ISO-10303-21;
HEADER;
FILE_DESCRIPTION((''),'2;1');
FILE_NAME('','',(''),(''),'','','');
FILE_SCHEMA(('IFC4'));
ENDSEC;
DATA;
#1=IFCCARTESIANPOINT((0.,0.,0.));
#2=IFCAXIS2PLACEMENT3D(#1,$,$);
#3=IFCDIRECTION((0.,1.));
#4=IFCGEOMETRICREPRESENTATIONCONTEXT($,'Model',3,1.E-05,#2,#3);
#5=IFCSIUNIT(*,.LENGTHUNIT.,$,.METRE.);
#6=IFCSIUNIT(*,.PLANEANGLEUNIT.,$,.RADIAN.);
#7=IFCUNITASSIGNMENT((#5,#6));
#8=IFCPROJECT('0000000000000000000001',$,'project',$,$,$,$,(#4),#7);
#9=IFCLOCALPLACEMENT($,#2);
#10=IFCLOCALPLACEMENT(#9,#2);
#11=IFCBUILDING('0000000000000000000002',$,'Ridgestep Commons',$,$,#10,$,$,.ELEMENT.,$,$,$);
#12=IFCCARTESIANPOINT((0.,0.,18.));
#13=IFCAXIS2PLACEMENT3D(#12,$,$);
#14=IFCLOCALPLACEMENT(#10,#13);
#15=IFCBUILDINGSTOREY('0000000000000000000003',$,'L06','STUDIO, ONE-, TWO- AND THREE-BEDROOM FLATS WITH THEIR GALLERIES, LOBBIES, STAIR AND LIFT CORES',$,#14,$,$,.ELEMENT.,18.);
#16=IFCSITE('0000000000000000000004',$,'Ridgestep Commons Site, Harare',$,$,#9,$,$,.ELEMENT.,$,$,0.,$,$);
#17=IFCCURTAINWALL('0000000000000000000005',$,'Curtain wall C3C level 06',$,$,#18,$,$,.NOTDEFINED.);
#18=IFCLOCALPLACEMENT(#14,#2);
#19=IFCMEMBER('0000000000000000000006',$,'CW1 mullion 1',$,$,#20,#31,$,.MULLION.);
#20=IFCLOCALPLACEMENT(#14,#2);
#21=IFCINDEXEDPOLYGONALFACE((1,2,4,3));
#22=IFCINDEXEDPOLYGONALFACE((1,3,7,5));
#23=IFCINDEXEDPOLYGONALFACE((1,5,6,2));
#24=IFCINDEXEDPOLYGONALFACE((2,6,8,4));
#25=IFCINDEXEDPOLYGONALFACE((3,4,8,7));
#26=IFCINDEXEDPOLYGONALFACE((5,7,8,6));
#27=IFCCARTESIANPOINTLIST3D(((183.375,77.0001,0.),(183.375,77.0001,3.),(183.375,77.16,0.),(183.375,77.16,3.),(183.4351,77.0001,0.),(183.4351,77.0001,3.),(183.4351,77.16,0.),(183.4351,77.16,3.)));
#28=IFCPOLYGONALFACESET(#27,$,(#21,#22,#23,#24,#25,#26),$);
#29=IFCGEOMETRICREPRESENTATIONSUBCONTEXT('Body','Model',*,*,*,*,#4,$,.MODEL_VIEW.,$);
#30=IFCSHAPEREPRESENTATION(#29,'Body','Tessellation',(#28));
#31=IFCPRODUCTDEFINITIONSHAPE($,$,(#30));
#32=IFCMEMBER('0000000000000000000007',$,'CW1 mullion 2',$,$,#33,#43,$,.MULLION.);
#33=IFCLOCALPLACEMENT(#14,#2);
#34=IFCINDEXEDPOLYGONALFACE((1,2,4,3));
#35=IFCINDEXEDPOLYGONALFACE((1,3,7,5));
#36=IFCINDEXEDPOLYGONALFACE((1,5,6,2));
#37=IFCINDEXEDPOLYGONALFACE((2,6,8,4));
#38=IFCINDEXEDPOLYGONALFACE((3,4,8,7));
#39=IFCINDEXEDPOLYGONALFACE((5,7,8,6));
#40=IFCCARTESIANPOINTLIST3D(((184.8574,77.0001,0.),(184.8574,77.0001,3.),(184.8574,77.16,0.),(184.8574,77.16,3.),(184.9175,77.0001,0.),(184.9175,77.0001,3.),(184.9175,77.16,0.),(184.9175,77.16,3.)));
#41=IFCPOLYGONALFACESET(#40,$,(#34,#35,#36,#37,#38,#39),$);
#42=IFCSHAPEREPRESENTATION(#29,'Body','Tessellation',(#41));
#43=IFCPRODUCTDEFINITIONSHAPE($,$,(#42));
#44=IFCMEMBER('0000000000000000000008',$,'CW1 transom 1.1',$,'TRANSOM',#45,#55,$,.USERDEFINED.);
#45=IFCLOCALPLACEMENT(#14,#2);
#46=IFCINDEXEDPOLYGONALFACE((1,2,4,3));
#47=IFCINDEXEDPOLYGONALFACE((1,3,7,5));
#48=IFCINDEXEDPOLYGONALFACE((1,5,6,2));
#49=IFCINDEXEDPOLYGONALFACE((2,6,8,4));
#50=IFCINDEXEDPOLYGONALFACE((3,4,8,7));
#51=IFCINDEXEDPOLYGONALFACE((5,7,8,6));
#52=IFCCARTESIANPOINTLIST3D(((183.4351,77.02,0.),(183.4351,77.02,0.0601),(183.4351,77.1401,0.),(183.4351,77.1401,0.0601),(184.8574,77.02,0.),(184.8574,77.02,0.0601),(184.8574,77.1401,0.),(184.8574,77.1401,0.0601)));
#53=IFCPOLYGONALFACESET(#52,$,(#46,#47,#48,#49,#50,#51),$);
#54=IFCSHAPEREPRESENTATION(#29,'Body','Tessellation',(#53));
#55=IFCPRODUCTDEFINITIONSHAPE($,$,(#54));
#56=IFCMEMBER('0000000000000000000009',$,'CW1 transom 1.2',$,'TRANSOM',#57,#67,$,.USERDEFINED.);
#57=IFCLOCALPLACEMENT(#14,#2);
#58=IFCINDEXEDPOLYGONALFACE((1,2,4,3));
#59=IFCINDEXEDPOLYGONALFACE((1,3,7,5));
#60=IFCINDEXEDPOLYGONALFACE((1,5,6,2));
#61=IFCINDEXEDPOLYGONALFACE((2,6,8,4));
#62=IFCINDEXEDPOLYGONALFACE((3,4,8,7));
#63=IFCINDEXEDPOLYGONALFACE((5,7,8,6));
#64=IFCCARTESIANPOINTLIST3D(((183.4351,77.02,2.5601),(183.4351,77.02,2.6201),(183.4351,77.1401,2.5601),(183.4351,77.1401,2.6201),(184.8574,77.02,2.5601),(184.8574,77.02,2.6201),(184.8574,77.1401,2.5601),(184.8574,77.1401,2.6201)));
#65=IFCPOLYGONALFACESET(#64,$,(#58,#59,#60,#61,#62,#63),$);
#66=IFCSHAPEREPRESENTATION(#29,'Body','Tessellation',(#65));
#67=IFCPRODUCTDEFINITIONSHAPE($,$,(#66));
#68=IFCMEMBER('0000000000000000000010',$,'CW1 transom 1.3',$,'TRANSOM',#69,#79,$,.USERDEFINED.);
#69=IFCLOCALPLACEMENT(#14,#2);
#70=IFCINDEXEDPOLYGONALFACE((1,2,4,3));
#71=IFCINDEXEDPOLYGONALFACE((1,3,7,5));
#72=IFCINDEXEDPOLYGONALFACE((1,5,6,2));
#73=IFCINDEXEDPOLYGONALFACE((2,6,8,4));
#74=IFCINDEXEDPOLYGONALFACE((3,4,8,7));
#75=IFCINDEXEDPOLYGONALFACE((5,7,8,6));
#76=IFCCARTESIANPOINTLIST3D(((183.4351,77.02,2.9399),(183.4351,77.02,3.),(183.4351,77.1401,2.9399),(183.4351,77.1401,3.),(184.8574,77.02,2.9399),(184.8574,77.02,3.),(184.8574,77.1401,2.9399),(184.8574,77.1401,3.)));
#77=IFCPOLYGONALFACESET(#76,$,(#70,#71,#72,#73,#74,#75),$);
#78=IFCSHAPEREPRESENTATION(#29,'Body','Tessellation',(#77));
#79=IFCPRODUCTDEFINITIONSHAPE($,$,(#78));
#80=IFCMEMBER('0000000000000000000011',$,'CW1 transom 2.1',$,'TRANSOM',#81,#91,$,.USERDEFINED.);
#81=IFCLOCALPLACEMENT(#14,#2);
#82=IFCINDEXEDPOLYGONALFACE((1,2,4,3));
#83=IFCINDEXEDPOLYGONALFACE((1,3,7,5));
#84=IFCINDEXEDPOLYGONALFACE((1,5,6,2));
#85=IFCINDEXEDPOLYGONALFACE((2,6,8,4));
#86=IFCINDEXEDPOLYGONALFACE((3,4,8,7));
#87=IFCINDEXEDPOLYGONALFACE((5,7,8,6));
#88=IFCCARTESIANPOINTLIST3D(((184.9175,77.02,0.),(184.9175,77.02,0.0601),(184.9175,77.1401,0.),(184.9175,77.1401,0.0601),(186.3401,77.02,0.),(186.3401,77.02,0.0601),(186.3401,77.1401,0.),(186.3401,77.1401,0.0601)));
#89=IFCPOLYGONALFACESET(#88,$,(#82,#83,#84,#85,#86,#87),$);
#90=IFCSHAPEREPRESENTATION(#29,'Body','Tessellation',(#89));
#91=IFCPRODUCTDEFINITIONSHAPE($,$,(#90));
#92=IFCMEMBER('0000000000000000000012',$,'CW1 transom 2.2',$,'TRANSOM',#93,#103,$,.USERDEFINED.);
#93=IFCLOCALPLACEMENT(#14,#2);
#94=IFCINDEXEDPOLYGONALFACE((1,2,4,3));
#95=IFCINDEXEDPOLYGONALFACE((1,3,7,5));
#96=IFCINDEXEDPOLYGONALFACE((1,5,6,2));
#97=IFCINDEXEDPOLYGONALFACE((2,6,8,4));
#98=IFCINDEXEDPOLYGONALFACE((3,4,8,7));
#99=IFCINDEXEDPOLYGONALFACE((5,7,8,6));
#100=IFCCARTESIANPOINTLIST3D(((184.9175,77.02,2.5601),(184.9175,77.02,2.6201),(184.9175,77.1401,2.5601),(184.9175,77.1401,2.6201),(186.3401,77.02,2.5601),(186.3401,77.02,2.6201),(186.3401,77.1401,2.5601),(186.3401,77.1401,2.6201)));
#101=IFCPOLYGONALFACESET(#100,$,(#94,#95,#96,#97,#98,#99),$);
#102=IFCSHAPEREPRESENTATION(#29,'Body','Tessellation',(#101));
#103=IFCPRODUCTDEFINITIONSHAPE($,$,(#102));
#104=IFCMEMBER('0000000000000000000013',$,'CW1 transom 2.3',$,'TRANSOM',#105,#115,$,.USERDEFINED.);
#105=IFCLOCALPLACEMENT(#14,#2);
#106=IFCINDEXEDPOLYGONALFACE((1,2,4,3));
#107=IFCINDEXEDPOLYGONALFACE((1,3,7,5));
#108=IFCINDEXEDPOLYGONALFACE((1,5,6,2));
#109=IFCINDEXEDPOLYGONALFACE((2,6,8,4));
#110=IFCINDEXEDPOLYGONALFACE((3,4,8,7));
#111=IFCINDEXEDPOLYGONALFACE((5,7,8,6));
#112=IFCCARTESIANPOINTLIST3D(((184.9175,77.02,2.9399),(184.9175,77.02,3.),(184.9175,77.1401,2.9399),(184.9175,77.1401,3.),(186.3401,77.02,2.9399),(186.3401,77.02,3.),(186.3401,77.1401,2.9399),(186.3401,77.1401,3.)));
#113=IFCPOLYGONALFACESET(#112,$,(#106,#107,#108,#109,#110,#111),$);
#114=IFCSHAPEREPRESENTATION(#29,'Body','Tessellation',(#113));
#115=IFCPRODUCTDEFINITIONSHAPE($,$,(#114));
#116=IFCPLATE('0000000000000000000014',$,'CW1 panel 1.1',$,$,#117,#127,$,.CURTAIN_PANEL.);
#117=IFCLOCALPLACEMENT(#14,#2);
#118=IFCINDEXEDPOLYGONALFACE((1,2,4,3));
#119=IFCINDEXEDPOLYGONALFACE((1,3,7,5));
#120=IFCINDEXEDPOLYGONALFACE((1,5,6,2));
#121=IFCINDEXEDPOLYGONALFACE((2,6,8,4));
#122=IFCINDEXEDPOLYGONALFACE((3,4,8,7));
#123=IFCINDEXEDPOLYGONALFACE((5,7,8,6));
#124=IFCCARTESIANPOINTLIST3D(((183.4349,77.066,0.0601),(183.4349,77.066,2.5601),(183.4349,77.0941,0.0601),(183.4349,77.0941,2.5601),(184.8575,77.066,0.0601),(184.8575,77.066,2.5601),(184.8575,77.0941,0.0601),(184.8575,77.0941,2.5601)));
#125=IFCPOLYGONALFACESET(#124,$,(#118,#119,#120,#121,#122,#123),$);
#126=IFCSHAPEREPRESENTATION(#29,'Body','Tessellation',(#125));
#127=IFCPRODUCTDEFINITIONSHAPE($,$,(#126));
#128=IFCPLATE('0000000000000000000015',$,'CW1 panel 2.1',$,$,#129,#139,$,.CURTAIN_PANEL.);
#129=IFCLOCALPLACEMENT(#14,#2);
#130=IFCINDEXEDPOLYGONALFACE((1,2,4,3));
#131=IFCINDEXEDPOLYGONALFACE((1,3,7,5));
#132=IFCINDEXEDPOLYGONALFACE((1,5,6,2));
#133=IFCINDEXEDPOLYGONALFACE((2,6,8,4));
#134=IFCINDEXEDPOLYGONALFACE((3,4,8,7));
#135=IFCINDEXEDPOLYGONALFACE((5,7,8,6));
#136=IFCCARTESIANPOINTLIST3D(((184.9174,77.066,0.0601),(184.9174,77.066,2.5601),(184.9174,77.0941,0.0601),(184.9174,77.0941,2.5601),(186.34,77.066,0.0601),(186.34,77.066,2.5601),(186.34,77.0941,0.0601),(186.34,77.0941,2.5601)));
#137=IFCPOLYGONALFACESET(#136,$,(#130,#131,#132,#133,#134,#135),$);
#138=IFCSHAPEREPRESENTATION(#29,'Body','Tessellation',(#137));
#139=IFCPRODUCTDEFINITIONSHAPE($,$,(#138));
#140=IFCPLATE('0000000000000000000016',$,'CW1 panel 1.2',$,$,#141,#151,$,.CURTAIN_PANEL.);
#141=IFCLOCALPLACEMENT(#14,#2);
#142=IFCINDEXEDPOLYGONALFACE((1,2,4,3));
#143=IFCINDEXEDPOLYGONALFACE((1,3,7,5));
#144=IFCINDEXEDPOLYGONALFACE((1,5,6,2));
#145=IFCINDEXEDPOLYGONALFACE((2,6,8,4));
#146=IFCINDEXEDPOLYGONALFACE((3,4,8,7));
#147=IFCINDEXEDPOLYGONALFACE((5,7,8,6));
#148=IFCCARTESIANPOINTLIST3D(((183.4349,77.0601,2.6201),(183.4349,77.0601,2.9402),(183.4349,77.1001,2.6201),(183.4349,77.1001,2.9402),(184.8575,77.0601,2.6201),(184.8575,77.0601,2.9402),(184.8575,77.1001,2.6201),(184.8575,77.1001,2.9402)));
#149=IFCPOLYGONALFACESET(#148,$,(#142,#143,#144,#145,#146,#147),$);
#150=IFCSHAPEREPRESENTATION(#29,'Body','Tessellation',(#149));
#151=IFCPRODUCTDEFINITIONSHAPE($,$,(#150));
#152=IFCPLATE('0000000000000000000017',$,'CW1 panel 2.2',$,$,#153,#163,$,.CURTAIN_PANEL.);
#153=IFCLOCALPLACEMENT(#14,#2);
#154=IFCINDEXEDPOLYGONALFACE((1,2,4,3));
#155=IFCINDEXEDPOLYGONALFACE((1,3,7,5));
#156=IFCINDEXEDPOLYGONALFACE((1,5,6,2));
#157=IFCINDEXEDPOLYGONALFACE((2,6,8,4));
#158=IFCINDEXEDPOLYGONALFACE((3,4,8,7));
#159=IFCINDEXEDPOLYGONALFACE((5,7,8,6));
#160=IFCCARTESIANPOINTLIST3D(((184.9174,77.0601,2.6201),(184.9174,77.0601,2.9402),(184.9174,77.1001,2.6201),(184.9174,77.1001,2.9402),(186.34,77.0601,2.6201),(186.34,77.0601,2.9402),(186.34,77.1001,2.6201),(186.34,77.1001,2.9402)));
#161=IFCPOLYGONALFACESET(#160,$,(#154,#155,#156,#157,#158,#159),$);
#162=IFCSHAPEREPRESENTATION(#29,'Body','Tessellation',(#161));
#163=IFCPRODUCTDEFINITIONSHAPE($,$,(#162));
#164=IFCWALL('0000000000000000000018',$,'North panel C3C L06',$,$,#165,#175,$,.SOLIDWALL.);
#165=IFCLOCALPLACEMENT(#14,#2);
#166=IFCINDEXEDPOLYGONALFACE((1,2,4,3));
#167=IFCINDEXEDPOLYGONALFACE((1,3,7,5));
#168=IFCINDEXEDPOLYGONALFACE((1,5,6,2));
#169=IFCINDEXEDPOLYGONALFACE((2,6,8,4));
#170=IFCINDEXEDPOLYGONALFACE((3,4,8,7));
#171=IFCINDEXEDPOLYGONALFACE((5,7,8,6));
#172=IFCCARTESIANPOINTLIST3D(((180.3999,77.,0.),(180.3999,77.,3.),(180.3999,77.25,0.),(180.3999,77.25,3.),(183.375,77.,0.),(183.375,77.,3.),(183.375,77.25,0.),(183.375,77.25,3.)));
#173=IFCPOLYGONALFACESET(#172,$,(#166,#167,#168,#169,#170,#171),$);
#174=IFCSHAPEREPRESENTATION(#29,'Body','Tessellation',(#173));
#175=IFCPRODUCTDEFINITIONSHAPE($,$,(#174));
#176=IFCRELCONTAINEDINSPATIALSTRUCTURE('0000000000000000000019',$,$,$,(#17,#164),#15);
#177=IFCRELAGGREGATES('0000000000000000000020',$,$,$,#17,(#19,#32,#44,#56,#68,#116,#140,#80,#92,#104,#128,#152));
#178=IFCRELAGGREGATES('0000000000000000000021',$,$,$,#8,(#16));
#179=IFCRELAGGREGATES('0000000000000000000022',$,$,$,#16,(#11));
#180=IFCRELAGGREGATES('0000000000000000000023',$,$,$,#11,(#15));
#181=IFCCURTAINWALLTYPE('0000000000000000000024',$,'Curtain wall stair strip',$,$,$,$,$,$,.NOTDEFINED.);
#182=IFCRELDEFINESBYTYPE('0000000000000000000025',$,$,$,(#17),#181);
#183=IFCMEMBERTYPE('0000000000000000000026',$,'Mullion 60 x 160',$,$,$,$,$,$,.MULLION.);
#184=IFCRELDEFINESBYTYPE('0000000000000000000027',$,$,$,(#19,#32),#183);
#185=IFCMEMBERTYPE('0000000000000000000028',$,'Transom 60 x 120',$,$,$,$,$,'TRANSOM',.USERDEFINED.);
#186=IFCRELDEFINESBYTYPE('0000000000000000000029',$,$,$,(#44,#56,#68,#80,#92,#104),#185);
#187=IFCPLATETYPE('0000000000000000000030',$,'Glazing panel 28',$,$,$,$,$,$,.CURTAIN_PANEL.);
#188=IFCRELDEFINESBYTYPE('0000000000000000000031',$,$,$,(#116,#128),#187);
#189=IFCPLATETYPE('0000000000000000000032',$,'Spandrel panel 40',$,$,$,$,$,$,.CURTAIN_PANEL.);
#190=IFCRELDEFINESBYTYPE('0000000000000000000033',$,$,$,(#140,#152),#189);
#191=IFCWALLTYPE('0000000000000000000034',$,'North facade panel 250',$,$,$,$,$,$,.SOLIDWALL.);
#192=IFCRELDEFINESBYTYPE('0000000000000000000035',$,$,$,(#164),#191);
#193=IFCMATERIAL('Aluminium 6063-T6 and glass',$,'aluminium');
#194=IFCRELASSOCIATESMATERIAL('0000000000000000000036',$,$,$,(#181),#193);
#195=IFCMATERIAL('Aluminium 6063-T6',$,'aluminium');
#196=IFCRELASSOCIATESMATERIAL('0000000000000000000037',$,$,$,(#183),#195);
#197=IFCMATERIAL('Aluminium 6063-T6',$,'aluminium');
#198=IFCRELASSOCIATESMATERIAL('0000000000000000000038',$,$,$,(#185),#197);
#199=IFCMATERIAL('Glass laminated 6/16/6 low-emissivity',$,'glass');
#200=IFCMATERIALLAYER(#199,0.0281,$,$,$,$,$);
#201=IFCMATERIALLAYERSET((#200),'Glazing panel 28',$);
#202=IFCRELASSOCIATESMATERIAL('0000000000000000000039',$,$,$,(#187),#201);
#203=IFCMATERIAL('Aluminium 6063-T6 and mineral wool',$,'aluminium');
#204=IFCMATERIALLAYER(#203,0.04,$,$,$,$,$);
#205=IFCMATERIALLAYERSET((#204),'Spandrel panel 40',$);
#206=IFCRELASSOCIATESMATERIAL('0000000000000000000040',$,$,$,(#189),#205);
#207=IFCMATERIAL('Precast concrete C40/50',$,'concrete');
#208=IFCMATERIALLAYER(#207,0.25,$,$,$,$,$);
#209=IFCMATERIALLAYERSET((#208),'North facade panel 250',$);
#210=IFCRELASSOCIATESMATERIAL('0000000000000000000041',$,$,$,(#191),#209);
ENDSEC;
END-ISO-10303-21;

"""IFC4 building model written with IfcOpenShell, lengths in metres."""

from ifc_helpers import new_model, si_unit, direction, frame, frame_2d, origin, origin_2d, place, context, subcontext, project, spatial, rectangle, extrude, material, layer, layer_set, material_profile, profile_set, type_object, element, aggregate, save


model = new_model("IFC4")

# Units and contexts
model_context = context("Model", 3, precision=1e-05, world=origin(), true_north=direction((0.0, 1.0)))
body_context = subcontext(model_context, "Body", "Model", "MODEL_VIEW")
ifc_project = project(units=[si_unit("LENGTHUNIT", "METRE"), si_unit("PLANEANGLEUNIT", "RADIAN")], contexts=[model_context])

# Site, building, storey
site_placement = place(None, origin())
site = spatial("IfcSite", under=ifc_project, at=site_placement, Name="Ridgestep Commons Site, Harare", CompositionType="ELEMENT", RefElevation=0.0)
building_placement = place(site_placement, origin())
building = spatial("IfcBuilding", under=site, at=building_placement, Name="Ridgestep Commons", CompositionType="ELEMENT")
storey_placement = place(building_placement, frame((0.0, 0.0, 18.0)))
storey = spatial("IfcBuildingStorey", under=building, at=storey_placement, Name="L06", Description="STUDIO, ONE-, TWO- AND THREE-BEDROOM FLATS WITH THEIR GALLERIES, LOBBIES, STAIR AND LIFT CORES", CompositionType="ELEMENT", Elevation=18.0)

# Curtain wall, members, plates
ifc_material_1 = material(Name="Aluminium 6063-T6 and glass", Category="aluminium")
curtain_wall_type = type_object("IfcCurtainWallType", Name="Curtain wall stair strip", PredefinedType="NOTDEFINED", material=ifc_material_1)
curtain_wall_placement = place(storey_placement, origin())
curtain_wall = element("IfcCurtainWall", 1, at=curtain_wall_placement, inside=storey, type_object=curtain_wall_type, Name="Curtain wall C3C level 06", PredefinedType="NOTDEFINED")
ifc_material_2 = material(Name="Aluminium 6063-T6", Category="aluminium")
ifc_material_profile_1 = material_profile(ifc_material_2, rectangle(XDim=0.1599, YDim=0.0601, at=origin_2d()), Name="Mullion 60 x 160")
ifc_profile_set_1 = profile_set([ifc_material_profile_1], Name="Aluminium 6063-T6")
member_type_1 = type_object("IfcMemberType", Name="Mullion 60 x 160", PredefinedType="MULLION", material=ifc_profile_set_1)
member_1_placement = place(storey_placement, frame((183.405, 77.0801, 0.0), z_axis=(0.0, 0.0, 1.0), x_axis=(0.0, 1.0, 0.0)))
member_1 = element("IfcMember", 2, at=member_1_placement, type_object=member_type_1, Name="CW1 mullion 1", PredefinedType="MULLION", context=body_context, shape_type="SweptSolid", body=[
    extrude(rectangle(XDim=0.1599, YDim=0.0601, at=origin_2d()), origin(), (0.0, 0.0, 1.0), 3.0),
])
member_2_placement = place(storey_placement, frame((184.8875, 77.0801, 0.0), z_axis=(0.0, 0.0, 1.0), x_axis=(0.0, 1.0, 0.0)))
member_2 = element("IfcMember", 3, at=member_2_placement, type_object=member_type_1, Name="CW1 mullion 2", PredefinedType="MULLION", context=body_context, shape_type="SweptSolid", body=[
    extrude(rectangle(XDim=0.1599, YDim=0.0601, at=origin_2d()), origin(), (0.0, 0.0, 1.0), 3.0),
])
ifc_material_3 = material(Name="Aluminium 6063-T6", Category="aluminium")
ifc_material_profile_2 = material_profile(ifc_material_3, rectangle(XDim=0.1201, YDim=0.0601, at=origin_2d()), Name="Transom 60 x 120")
ifc_profile_set_2 = profile_set([ifc_material_profile_2], Name="Aluminium 6063-T6")
member_type_2 = type_object("IfcMemberType", Name="Transom 60 x 120", ElementType="TRANSOM", PredefinedType="USERDEFINED", material=ifc_profile_set_2)
member_3_placement = place(storey_placement, frame((183.4351, 77.0801, 0.03), z_axis=(1.0, 0.0, 0.0), x_axis=(0.0, 1.0, 0.0)))
member_3 = element("IfcMember", 4, at=member_3_placement, type_object=member_type_2, Name="CW1 transom 1.1", ObjectType="TRANSOM", PredefinedType="USERDEFINED", context=body_context, shape_type="SweptSolid", body=[
    extrude(rectangle(XDim=0.1201, YDim=0.0601, at=origin_2d()), origin(), (0.0, 0.0, 1.0), 1.4224),
])
member_4_placement = place(storey_placement, frame((183.4351, 77.0801, 2.5901), z_axis=(1.0, 0.0, 0.0), x_axis=(0.0, 1.0, 0.0)))
member_4 = element("IfcMember", 5, at=member_4_placement, type_object=member_type_2, Name="CW1 transom 1.2", ObjectType="TRANSOM", PredefinedType="USERDEFINED", context=body_context, shape_type="SweptSolid", body=[
    extrude(rectangle(XDim=0.1201, YDim=0.0601, at=origin_2d()), origin(), (0.0, 0.0, 1.0), 1.4224),
])
member_5_placement = place(storey_placement, frame((183.4351, 77.0801, 2.97), z_axis=(1.0, 0.0, 0.0), x_axis=(0.0, 1.0, 0.0)))
member_5 = element("IfcMember", 6, at=member_5_placement, type_object=member_type_2, Name="CW1 transom 1.3", ObjectType="TRANSOM", PredefinedType="USERDEFINED", context=body_context, shape_type="SweptSolid", body=[
    extrude(rectangle(XDim=0.1201, YDim=0.0601, at=origin_2d()), origin(), (0.0, 0.0, 1.0), 1.4224),
])
member_6_placement = place(storey_placement, frame((184.9175, 77.0801, 0.03), z_axis=(1.0, 0.0, 0.0), x_axis=(0.0, 1.0, 0.0)))
member_6 = element("IfcMember", 7, at=member_6_placement, type_object=member_type_2, Name="CW1 transom 2.1", ObjectType="TRANSOM", PredefinedType="USERDEFINED", context=body_context, shape_type="SweptSolid", body=[
    extrude(rectangle(XDim=0.1201, YDim=0.0601, at=origin_2d()), origin(), (0.0, 0.0, 1.0), 1.4226),
])
member_7_placement = place(storey_placement, frame((184.9175, 77.0801, 2.5901), z_axis=(1.0, 0.0, 0.0), x_axis=(0.0, 1.0, 0.0)))
member_7 = element("IfcMember", 8, at=member_7_placement, type_object=member_type_2, Name="CW1 transom 2.2", ObjectType="TRANSOM", PredefinedType="USERDEFINED", context=body_context, shape_type="SweptSolid", body=[
    extrude(rectangle(XDim=0.1201, YDim=0.0601, at=origin_2d()), origin(), (0.0, 0.0, 1.0), 1.4226),
])
member_8_placement = place(storey_placement, frame((184.9175, 77.0801, 2.97), z_axis=(1.0, 0.0, 0.0), x_axis=(0.0, 1.0, 0.0)))
member_8 = element("IfcMember", 9, at=member_8_placement, type_object=member_type_2, Name="CW1 transom 2.3", ObjectType="TRANSOM", PredefinedType="USERDEFINED", context=body_context, shape_type="SweptSolid", body=[
    extrude(rectangle(XDim=0.1201, YDim=0.0601, at=origin_2d()), origin(), (0.0, 0.0, 1.0), 1.4226),
])
ifc_material_4 = material(Name="Glass laminated 6/16/6 low-emissivity", Category="glass")
ifc_layer_1 = layer(ifc_material_4, 0.0281)
ifc_layer_set_1 = layer_set([ifc_layer_1], Name="Glazing panel 28")
plate_type_1 = type_object("IfcPlateType", Name="Glazing panel 28", PredefinedType="CURTAIN_PANEL", material=ifc_layer_set_1)
plate_1_placement = place(storey_placement, frame((184.1462, 77.0801, 0.0601), z_axis=(0.0, 0.0, 1.0), x_axis=(1.0, 0.0, 0.0)))
plate_1 = element("IfcPlate", 10, at=plate_1_placement, type_object=plate_type_1, Name="CW1 panel 1.1", PredefinedType="CURTAIN_PANEL", context=body_context, shape_type="SweptSolid", body=[
    extrude(rectangle(XDim=1.4226, YDim=0.0281, at=origin_2d()), origin(), (0.0, 0.0, 1.0), 2.5),
])
plate_2_placement = place(storey_placement, frame((185.6287, 77.0801, 0.0601), z_axis=(0.0, 0.0, 1.0), x_axis=(1.0, 0.0, 0.0)))
plate_2 = element("IfcPlate", 11, at=plate_2_placement, type_object=plate_type_1, Name="CW1 panel 2.1", PredefinedType="CURTAIN_PANEL", context=body_context, shape_type="SweptSolid", body=[
    extrude(rectangle(XDim=1.4226, YDim=0.0281, at=origin_2d()), origin(), (0.0, 0.0, 1.0), 2.5),
])
ifc_material_5 = material(Name="Aluminium 6063-T6 and mineral wool", Category="aluminium")
ifc_layer_2 = layer(ifc_material_5, 0.04)
ifc_layer_set_2 = layer_set([ifc_layer_2], Name="Spandrel panel 40")
plate_type_2 = type_object("IfcPlateType", Name="Spandrel panel 40", PredefinedType="CURTAIN_PANEL", material=ifc_layer_set_2)
plate_3_placement = place(storey_placement, frame((184.1462, 77.0801, 2.6201), z_axis=(0.0, 0.0, 1.0), x_axis=(1.0, 0.0, 0.0)))
plate_3 = element("IfcPlate", 12, at=plate_3_placement, type_object=plate_type_2, Name="CW1 panel 1.2", PredefinedType="CURTAIN_PANEL", context=body_context, shape_type="SweptSolid", body=[
    extrude(rectangle(XDim=1.4226, YDim=0.04, at=origin_2d()), origin(), (0.0, 0.0, 1.0), 0.3201),
])
plate_4_placement = place(storey_placement, frame((185.6287, 77.0801, 2.6201), z_axis=(0.0, 0.0, 1.0), x_axis=(1.0, 0.0, 0.0)))
plate_4 = element("IfcPlate", 13, at=plate_4_placement, type_object=plate_type_2, Name="CW1 panel 2.2", PredefinedType="CURTAIN_PANEL", context=body_context, shape_type="SweptSolid", body=[
    extrude(rectangle(XDim=1.4226, YDim=0.04, at=origin_2d()), origin(), (0.0, 0.0, 1.0), 0.3201),
])
aggregate(curtain_wall, [member_1, member_2, member_3, member_4, member_5, plate_1, plate_3, member_6, member_7, member_8, plate_2, plate_4])

# Wall
ifc_material_6 = material(Name="Precast concrete C40/50", Category="concrete")
ifc_layer_3 = layer(ifc_material_6, 0.25)
ifc_layer_set_3 = layer_set([ifc_layer_3], Name="North facade panel 250")
wall_type = type_object("IfcWallType", Name="North facade panel 250", PredefinedType="SOLIDWALL", material=ifc_layer_set_3)
wall_placement = place(storey_placement, frame((180.3999, 77.125, 0.0), z_axis=(0.0, 0.0, 1.0), x_axis=(1.0, 0.0, 0.0)))
element("IfcWall", 14, at=wall_placement, inside=storey, type_object=wall_type, Name="North panel C3C L06", PredefinedType="SOLIDWALL", context=body_context, shape_type="SweptSolid", body=[
    extrude(rectangle(XDim=2.9751, YDim=0.25, at=frame_2d((1.4875, 0.0))), origin(), (0.0, 0.0, 1.0), 3.0),
])

save(model, "model.ifc")
